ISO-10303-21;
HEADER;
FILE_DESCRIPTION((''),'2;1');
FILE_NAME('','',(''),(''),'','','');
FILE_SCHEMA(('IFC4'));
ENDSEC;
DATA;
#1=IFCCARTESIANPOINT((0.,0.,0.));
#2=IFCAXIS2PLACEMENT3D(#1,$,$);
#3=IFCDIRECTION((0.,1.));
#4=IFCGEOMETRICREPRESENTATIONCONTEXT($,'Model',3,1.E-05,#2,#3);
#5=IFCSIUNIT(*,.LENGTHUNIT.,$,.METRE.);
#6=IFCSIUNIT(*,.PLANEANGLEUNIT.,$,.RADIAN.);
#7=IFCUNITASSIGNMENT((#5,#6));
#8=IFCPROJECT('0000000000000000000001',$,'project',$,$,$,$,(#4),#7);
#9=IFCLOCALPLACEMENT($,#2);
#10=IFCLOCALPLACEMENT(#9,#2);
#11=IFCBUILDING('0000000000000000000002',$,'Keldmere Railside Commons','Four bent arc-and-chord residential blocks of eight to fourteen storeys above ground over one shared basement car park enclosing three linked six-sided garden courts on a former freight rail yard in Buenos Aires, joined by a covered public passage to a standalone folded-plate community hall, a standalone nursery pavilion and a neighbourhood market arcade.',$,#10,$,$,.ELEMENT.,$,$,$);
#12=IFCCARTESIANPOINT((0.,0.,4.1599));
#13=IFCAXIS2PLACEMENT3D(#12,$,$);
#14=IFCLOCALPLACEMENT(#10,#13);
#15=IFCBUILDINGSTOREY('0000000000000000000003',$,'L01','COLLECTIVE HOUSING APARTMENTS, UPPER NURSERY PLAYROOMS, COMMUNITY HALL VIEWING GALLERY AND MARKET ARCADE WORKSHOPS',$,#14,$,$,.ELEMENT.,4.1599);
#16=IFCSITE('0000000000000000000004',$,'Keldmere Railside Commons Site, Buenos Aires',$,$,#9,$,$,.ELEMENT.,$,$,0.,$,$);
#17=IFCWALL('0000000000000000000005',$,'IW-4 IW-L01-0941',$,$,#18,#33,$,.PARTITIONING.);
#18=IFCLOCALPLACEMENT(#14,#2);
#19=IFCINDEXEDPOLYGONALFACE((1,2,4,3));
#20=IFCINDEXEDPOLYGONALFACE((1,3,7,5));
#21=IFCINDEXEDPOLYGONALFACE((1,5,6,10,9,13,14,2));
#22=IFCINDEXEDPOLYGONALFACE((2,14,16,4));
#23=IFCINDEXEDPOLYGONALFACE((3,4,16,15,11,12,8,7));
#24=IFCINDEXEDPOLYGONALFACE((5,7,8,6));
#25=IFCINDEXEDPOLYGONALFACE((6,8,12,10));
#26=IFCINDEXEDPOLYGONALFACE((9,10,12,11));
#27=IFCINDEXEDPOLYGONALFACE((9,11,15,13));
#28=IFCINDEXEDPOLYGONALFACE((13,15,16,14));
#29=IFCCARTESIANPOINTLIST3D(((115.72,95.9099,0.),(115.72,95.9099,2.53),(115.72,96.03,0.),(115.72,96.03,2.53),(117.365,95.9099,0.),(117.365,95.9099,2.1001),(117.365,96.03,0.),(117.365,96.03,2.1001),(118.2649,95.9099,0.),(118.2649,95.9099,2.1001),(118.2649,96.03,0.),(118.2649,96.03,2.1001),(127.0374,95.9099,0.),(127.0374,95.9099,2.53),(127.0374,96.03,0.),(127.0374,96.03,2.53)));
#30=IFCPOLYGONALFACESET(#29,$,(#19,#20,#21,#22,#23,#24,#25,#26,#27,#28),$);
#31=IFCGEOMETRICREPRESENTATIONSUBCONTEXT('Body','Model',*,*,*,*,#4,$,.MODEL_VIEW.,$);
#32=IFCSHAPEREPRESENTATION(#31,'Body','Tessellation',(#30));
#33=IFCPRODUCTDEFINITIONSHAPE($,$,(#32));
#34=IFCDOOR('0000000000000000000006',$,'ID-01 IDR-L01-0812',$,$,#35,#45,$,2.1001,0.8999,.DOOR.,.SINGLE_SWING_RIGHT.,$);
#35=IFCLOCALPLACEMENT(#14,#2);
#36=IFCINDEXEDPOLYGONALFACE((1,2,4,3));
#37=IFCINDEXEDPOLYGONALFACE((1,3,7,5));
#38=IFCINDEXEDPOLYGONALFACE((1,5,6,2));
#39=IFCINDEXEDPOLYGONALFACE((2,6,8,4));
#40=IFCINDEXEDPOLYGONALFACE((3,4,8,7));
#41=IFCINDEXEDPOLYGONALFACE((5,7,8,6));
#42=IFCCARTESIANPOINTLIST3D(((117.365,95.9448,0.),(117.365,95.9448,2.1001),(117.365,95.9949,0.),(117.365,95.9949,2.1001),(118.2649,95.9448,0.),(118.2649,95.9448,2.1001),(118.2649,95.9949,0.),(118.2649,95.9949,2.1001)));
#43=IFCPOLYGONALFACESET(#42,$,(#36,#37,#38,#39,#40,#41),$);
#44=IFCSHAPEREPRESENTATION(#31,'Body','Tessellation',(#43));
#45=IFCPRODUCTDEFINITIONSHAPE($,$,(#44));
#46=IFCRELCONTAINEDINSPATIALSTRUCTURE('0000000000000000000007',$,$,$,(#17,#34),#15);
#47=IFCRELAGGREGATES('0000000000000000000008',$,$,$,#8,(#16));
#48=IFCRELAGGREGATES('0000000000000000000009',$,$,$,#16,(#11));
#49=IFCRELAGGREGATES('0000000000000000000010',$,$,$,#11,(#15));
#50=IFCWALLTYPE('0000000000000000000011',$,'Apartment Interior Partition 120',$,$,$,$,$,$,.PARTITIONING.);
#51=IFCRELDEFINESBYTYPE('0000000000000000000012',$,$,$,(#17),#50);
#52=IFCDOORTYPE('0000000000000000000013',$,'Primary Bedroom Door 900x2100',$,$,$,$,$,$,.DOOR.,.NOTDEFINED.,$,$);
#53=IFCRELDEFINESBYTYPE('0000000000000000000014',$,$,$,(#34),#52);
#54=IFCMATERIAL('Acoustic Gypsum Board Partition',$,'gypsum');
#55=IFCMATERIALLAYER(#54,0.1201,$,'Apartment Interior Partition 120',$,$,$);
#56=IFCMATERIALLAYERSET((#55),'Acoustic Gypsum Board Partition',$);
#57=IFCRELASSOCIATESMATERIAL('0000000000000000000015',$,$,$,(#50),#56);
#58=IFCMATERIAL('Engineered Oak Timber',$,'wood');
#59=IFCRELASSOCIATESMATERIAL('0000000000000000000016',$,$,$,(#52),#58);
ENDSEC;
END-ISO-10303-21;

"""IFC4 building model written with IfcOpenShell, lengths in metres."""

from ifc_helpers import new_model, si_unit, direction, frame, frame_2d, origin, place, context, subcontext, project, spatial, rectangle, extrude, material, layer, layer_set, type_object, element, fill, save


model = new_model("IFC4")

# Units and contexts
model_context = context("Model", 3, precision=1e-05, world=origin(), true_north=direction((0.0, 1.0)))
body_context = subcontext(model_context, "Body", "Model", "MODEL_VIEW")
ifc_project = project(units=[si_unit("LENGTHUNIT", "METRE"), si_unit("PLANEANGLEUNIT", "RADIAN")], contexts=[model_context])

# Site, building, storey
site_placement = place(None, origin())
site = spatial("IfcSite", under=ifc_project, at=site_placement, Name="Keldmere Railside Commons Site, Buenos Aires", CompositionType="ELEMENT", RefElevation=0.0)
building_placement = place(site_placement, origin())
building = spatial("IfcBuilding", under=site, at=building_placement, Name="Keldmere Railside Commons", Description="Four bent arc-and-chord residential blocks of eight to fourteen storeys above ground over one shared basement car park enclosing three linked six-sided garden courts on a former freight rail yard in Buenos Aires, joined by a covered public passage to a standalone folded-plate community hall, a standalone nursery pavilion and a neighbourhood market arcade.", CompositionType="ELEMENT")
storey_placement = place(building_placement, frame((0.0, 0.0, 4.1599)))
storey = spatial("IfcBuildingStorey", under=building, at=storey_placement, Name="L01", Description="COLLECTIVE HOUSING APARTMENTS, UPPER NURSERY PLAYROOMS, COMMUNITY HALL VIEWING GALLERY AND MARKET ARCADE WORKSHOPS", CompositionType="ELEMENT", Elevation=4.1599)

# Shared definitions
ifc_material_1 = material(Name="Acoustic Gypsum Board Partition", Category="gypsum")

# Shared definitions
ifc_layer_1 = layer(ifc_material_1, 0.1201, Name="Apartment Interior Partition 120")
ifc_layer_set_1 = layer_set([ifc_layer_1], Name="Acoustic Gypsum Board Partition")
wall_type_1 = type_object("IfcWallType", Name="Apartment Interior Partition 120", PredefinedType="PARTITIONING", material=ifc_layer_set_1)
ifc_material_2 = material(Name="Engineered Oak Timber", Category="wood")

# Wall, opening, door
wall_1_placement = place(storey_placement, frame((115.72, 95.97, 0.0), z_axis=(0.0, 0.0, 1.0), x_axis=(1.0, 0.0, 0.0)))
wall_1 = element("IfcWall", 1, at=wall_1_placement, inside=storey, type_object=wall_type_1, Name="IW-4 IW-L01-0941", PredefinedType="PARTITIONING", context=body_context, shape_type="SweptSolid", body=[
    extrude(rectangle(XDim=11.3174, YDim=0.1201, at=frame_2d((5.6587, 0.0))), origin(), (0.0, 0.0, 1.0), 2.53),
])
opening_1_placement = place(wall_1_placement, frame((1.645, 0.0, 0.0)))
opening_1 = element("IfcOpeningElement", 2, at=opening_1_placement, cuts=wall_1, PredefinedType="OPENING", context=body_context, shape_type="SweptSolid", body=[
    extrude(rectangle(XDim=0.8999, YDim=2.1001, at=frame_2d((0.45, 1.05))), frame((0.0, 0.0701, 0.0), z_axis=(0.0, -1.0, 0.0), x_axis=(1.0, 0.0, 0.0)), (0.0, 0.0, 1.0), 0.1401),
])
door_type_1 = type_object("IfcDoorType", Name="Primary Bedroom Door 900x2100", OperationType="NOTDEFINED", PredefinedType="DOOR", material=ifc_material_2)
door_1_placement = place(opening_1_placement, origin())
door_1 = element("IfcDoor", 3, at=door_1_placement, inside=storey, type_object=door_type_1, Name="ID-01 IDR-L01-0812", OperationType="SINGLE_SWING_RIGHT", OverallHeight=2.1001, OverallWidth=0.8999, PredefinedType="DOOR", context=body_context, shape_type="SweptSolid", body=[
    extrude(rectangle(XDim=0.8999, YDim=2.1001, at=frame_2d((0.45, 1.05))), frame((0.0, 0.0249, 0.0), z_axis=(0.0, -1.0, 0.0), x_axis=(1.0, 0.0, 0.0)), (0.0, 0.0, 1.0), 0.05),
])
fill(opening_1, door_1)

save(model, "model.ifc")
